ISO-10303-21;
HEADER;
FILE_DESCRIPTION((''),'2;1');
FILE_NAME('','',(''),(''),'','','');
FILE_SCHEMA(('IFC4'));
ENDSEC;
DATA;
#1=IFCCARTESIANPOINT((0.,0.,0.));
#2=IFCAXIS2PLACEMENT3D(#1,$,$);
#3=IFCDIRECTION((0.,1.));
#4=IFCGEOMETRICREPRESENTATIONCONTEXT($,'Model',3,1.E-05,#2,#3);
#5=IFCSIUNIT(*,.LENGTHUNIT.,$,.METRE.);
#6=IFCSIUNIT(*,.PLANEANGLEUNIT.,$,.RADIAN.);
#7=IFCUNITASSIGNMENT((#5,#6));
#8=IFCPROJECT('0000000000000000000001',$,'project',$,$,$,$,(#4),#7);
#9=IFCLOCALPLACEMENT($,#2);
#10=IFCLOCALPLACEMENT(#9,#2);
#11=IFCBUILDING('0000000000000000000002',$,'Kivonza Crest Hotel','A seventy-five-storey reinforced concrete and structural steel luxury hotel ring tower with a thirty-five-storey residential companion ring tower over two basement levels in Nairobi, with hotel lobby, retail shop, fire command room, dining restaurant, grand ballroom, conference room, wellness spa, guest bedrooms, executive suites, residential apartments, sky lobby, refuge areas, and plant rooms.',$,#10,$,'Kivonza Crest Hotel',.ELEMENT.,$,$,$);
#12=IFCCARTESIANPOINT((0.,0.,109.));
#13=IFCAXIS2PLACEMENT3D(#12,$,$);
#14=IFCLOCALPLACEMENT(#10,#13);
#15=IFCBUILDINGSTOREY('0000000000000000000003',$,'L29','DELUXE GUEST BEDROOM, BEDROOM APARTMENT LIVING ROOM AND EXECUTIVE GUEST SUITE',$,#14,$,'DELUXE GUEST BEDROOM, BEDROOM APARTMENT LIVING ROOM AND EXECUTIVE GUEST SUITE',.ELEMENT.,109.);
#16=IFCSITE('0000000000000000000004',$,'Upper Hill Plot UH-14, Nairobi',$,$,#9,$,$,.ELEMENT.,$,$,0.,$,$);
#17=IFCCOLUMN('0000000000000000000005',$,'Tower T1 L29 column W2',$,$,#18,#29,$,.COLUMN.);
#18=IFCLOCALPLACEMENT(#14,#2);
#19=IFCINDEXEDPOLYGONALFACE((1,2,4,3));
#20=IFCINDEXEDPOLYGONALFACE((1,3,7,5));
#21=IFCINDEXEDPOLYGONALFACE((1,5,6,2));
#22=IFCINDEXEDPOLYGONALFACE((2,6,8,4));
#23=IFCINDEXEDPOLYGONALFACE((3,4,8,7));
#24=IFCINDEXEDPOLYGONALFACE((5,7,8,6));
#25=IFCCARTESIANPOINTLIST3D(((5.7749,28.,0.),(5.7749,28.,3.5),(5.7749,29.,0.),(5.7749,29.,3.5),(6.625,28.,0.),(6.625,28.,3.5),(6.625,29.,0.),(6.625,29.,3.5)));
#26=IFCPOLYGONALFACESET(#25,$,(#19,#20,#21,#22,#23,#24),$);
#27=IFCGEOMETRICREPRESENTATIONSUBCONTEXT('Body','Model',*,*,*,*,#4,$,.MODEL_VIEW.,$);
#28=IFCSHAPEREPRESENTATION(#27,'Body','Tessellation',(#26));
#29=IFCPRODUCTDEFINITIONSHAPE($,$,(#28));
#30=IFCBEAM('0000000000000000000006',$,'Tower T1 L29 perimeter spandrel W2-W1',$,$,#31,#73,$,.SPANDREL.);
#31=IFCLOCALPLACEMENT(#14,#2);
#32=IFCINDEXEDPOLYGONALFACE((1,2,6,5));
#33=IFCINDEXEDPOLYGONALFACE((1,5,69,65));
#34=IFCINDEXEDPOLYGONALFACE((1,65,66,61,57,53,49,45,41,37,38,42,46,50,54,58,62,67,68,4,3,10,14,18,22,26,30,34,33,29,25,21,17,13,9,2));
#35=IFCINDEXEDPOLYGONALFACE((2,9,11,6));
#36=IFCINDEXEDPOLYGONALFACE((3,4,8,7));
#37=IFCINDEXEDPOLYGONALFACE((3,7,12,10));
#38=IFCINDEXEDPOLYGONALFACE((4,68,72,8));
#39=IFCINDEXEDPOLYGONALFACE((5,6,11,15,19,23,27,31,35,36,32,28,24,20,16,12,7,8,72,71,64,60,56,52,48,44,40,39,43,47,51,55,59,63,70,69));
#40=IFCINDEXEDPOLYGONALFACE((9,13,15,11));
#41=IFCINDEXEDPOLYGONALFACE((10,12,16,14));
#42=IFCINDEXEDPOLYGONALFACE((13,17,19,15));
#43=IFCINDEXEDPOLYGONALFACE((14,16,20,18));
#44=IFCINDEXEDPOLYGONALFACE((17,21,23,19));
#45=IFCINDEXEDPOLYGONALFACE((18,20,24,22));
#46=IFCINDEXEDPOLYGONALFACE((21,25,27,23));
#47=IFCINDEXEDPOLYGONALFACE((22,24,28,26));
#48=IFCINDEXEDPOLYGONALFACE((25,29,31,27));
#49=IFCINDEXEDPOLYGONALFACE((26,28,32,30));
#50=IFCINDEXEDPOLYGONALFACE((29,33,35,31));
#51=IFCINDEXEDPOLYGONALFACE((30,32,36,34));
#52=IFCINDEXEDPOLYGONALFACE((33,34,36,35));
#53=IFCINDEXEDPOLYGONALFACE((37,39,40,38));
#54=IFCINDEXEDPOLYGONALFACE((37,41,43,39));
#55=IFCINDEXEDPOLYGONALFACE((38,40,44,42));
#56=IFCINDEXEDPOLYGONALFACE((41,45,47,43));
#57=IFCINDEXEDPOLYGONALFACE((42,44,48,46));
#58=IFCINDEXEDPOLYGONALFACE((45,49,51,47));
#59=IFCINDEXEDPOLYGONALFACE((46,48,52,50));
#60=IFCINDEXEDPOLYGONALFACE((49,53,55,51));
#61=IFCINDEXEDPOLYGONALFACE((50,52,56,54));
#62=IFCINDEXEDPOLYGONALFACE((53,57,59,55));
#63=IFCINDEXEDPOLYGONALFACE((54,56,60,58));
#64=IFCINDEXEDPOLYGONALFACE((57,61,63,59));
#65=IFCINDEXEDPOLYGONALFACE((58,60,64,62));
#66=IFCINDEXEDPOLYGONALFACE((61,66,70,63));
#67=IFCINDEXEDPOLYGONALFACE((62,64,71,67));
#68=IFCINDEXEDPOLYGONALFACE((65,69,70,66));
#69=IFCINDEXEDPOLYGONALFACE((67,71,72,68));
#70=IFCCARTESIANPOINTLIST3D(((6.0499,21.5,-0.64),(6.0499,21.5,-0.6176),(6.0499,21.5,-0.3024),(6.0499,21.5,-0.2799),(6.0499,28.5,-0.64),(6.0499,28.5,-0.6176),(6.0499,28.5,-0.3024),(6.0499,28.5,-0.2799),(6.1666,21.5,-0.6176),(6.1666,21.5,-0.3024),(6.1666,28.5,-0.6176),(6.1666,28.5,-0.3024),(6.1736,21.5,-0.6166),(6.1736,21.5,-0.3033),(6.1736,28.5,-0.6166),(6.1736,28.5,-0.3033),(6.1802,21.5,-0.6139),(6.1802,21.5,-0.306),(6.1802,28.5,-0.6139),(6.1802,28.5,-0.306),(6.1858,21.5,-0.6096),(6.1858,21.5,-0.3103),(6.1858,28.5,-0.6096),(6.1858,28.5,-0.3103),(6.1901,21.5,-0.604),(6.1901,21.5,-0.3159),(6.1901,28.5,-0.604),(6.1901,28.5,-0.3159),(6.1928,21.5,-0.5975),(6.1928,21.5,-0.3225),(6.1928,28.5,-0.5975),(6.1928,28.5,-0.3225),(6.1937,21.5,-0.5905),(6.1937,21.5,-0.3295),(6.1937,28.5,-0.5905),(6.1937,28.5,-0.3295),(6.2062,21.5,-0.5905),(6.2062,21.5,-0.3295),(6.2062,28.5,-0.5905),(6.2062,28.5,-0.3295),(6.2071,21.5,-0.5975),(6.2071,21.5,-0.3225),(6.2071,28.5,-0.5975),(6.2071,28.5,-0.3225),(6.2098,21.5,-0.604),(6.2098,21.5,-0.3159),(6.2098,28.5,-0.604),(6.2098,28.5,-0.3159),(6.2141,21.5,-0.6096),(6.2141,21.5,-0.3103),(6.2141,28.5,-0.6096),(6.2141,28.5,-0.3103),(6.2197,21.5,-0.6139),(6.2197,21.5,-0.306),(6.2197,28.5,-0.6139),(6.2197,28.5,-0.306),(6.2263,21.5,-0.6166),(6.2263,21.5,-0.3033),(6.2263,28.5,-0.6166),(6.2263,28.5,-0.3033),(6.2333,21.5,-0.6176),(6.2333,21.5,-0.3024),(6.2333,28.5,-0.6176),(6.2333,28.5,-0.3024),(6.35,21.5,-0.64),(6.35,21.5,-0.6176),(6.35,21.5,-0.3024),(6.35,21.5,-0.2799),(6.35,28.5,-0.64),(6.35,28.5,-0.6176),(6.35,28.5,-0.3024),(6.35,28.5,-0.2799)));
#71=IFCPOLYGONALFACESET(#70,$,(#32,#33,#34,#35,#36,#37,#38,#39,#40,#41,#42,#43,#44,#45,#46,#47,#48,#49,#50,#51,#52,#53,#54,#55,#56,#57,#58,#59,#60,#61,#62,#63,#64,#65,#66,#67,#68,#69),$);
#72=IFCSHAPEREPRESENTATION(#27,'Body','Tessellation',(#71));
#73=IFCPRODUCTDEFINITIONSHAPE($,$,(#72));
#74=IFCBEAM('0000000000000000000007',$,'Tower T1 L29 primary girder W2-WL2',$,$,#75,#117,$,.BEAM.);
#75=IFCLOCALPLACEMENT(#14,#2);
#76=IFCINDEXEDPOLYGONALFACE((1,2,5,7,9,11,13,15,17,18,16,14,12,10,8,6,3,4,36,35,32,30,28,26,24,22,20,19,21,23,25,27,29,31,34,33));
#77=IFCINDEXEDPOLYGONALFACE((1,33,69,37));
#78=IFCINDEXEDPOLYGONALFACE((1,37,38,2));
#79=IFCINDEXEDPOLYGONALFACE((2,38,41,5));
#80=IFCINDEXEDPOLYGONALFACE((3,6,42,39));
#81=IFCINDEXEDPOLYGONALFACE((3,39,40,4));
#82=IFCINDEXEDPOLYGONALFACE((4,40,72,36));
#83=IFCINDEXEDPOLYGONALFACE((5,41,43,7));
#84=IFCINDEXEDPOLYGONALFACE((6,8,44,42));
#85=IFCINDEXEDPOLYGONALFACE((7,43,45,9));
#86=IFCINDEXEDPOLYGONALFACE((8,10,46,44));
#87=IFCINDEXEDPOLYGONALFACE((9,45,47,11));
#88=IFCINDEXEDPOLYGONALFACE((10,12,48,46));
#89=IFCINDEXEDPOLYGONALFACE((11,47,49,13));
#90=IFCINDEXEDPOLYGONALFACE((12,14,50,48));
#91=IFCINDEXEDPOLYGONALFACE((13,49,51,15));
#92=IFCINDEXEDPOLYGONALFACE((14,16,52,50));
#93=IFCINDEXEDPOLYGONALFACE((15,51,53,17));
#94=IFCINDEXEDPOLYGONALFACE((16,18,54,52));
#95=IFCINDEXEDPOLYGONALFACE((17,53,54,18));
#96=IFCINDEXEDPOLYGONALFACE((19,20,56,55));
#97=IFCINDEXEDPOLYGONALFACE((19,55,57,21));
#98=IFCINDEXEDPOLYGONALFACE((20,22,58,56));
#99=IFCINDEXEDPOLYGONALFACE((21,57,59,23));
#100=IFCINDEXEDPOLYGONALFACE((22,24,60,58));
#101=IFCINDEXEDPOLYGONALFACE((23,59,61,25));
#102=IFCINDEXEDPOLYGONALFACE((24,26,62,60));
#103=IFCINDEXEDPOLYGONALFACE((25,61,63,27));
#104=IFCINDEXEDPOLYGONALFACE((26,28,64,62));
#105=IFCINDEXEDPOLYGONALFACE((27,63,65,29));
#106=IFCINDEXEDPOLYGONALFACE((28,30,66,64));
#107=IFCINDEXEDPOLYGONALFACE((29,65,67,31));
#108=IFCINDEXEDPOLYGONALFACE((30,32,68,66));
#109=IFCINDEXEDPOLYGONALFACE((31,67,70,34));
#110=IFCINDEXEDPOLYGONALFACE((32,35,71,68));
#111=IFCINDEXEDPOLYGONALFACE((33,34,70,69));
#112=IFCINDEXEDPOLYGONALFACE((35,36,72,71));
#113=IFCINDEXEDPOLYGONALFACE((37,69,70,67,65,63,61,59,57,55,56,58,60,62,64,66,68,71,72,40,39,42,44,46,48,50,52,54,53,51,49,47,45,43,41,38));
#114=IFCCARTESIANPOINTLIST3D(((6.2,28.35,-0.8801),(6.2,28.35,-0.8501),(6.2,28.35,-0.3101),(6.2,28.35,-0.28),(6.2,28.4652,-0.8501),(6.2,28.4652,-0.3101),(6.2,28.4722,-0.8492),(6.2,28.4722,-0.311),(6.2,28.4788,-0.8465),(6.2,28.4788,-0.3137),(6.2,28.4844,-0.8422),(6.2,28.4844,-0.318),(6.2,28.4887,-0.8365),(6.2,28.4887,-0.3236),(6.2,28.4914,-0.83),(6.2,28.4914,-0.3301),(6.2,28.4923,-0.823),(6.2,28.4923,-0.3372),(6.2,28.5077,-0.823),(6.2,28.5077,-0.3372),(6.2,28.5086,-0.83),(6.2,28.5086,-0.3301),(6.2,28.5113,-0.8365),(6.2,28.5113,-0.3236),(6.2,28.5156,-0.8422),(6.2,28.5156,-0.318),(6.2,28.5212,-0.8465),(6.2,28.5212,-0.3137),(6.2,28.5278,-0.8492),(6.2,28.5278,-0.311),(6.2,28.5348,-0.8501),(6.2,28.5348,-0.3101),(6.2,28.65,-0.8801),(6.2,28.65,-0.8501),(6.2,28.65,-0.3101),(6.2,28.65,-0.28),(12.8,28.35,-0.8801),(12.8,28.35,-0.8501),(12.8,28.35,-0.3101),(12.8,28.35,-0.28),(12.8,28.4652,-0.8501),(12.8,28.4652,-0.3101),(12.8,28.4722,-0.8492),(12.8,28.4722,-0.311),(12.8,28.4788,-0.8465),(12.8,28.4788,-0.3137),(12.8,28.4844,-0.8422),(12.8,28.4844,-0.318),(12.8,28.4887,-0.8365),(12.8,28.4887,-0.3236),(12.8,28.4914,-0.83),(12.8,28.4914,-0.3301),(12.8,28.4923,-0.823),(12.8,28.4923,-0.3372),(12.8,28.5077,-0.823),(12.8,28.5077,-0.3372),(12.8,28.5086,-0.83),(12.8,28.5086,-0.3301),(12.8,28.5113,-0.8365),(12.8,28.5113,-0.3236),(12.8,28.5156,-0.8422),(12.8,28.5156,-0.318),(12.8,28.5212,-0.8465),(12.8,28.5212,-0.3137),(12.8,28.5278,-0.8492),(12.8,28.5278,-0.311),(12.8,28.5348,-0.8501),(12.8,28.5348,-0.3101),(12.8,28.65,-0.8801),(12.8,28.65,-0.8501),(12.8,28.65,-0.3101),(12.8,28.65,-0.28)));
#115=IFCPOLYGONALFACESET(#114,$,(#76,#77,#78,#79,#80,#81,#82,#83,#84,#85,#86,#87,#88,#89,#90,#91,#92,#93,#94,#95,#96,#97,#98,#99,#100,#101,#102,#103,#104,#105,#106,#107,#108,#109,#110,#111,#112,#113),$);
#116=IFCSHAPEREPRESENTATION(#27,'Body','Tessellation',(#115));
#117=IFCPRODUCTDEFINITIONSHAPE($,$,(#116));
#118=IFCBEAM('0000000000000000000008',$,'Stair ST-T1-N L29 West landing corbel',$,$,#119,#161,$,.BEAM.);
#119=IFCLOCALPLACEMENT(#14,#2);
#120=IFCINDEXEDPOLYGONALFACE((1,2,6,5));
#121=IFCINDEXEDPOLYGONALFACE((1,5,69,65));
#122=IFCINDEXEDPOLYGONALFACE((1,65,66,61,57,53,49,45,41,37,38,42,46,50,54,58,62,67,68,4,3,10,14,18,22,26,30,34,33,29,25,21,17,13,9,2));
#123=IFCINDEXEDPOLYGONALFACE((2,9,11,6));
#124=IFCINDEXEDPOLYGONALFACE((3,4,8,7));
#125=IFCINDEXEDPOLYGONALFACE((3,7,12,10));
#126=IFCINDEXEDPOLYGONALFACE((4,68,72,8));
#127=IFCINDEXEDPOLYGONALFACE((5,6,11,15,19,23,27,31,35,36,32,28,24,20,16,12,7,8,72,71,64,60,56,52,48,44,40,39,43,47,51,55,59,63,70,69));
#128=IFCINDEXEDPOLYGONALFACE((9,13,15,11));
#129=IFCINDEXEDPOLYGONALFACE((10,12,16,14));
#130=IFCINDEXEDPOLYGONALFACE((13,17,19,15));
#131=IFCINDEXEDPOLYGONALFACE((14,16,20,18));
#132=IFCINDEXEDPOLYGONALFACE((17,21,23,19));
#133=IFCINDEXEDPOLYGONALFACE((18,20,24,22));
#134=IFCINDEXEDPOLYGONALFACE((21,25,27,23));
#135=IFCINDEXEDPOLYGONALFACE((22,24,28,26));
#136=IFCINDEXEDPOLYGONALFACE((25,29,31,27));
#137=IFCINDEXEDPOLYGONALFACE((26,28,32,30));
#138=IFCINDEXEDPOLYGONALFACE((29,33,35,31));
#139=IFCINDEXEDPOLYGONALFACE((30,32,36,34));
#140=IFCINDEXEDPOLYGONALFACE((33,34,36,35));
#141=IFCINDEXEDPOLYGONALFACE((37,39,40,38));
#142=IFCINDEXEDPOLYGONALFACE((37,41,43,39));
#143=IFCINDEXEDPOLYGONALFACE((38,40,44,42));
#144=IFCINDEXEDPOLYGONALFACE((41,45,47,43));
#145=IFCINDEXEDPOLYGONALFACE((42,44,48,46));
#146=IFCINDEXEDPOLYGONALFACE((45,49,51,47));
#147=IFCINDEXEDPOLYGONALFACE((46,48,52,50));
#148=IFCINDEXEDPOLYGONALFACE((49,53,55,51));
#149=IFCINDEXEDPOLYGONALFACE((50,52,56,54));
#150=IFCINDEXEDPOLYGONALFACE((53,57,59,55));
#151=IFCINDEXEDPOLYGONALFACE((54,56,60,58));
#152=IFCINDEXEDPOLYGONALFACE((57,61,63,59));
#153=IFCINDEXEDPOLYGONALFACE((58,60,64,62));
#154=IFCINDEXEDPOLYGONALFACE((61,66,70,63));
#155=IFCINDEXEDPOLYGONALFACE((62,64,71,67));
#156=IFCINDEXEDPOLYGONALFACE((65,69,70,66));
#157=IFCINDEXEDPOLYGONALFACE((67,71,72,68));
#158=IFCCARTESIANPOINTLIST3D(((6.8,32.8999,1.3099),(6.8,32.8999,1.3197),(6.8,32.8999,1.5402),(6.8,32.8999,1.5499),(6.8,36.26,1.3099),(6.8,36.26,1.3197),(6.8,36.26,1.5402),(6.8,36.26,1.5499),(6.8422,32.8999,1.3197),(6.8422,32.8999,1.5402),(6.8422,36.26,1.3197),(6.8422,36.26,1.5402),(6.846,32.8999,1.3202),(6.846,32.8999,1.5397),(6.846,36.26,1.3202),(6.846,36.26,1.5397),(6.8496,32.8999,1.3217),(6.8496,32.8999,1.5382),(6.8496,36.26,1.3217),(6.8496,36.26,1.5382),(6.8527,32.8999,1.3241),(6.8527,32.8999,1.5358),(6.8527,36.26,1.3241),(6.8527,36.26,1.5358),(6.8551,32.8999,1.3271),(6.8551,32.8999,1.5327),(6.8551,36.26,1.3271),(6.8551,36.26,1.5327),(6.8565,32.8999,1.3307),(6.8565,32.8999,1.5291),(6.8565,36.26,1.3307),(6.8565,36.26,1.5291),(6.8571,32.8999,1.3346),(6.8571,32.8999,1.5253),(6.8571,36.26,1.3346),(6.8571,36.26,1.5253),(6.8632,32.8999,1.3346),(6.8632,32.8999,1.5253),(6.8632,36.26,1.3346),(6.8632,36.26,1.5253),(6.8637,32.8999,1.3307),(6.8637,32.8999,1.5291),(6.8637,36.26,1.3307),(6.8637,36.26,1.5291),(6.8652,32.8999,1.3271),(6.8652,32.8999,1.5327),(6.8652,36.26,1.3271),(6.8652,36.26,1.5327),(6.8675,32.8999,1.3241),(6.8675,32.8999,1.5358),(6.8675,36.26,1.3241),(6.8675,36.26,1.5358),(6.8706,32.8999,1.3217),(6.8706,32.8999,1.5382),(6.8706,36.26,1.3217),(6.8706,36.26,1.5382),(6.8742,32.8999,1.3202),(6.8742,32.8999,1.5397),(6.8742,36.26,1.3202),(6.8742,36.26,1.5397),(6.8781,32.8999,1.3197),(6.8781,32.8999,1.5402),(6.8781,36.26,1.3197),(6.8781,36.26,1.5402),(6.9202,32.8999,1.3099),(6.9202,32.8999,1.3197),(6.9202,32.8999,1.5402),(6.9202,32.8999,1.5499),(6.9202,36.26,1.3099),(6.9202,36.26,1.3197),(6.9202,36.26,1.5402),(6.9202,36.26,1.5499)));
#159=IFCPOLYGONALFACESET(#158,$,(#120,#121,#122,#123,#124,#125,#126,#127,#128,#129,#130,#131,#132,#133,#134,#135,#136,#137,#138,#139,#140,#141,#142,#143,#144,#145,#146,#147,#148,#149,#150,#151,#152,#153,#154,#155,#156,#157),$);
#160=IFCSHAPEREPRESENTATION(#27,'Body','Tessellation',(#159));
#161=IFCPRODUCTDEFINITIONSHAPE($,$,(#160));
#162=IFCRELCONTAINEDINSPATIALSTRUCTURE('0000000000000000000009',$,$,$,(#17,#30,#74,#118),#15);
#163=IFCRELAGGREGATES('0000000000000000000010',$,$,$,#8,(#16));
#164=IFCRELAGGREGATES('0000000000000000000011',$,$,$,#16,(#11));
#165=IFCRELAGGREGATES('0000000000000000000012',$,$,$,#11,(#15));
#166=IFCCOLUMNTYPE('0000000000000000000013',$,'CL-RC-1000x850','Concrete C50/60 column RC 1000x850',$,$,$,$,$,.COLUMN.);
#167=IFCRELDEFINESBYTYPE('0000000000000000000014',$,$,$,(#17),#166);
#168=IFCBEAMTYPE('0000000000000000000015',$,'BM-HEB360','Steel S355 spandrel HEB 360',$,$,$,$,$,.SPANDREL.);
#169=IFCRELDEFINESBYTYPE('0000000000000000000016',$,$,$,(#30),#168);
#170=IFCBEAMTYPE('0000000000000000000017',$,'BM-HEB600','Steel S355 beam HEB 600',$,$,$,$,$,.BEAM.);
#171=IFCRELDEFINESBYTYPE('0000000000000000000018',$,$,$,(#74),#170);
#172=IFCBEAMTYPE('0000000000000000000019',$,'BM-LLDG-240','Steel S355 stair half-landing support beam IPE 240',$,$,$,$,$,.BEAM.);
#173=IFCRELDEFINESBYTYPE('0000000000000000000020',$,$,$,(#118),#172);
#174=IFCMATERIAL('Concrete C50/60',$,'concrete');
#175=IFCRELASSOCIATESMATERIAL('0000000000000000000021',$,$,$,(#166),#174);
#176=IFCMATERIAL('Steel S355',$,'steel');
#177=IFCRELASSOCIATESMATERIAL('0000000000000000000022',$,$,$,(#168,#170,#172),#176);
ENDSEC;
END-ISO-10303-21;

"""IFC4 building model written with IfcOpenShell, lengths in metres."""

from ifc_helpers import new_model, si_unit, direction, frame, origin, origin_2d, place, context, subcontext, project, spatial, rectangle, i_section, extrude, material, material_profile, profile_set, type_object, element, save


model = new_model("IFC4")

# Units and contexts
model_context = context("Model", 3, precision=1e-05, world=origin(), true_north=direction((0.0, 1.0)))
body_context = subcontext(model_context, "Body", "Model", "MODEL_VIEW")
ifc_project = project(units=[si_unit("LENGTHUNIT", "METRE"), si_unit("PLANEANGLEUNIT", "RADIAN")], contexts=[model_context])

# Site, building, storey
site_placement = place(None, origin())
site = spatial("IfcSite", under=ifc_project, at=site_placement, Name="Upper Hill Plot UH-14, Nairobi", CompositionType="ELEMENT", RefElevation=0.0)
building_placement = place(site_placement, origin())
building = spatial("IfcBuilding", under=site, at=building_placement, Name="Kivonza Crest Hotel", Description="A seventy-five-storey reinforced concrete and structural steel luxury hotel ring tower with a thirty-five-storey residential companion ring tower over two basement levels in Nairobi, with hotel lobby, retail shop, fire command room, dining restaurant, grand ballroom, conference room, wellness spa, guest bedrooms, executive suites, residential apartments, sky lobby, refuge areas, and plant rooms.", LongName="Kivonza Crest Hotel", CompositionType="ELEMENT")
storey_placement = place(building_placement, frame((0.0, 0.0, 109.0)))
storey = spatial("IfcBuildingStorey", under=building, at=storey_placement, Name="L29", Description="DELUXE GUEST BEDROOM, BEDROOM APARTMENT LIVING ROOM AND EXECUTIVE GUEST SUITE", LongName="DELUXE GUEST BEDROOM, BEDROOM APARTMENT LIVING ROOM AND EXECUTIVE GUEST SUITE", CompositionType="ELEMENT", Elevation=109.0)

# Column
ifc_material_1 = material(Name="Concrete C50/60", Category="concrete")
ifc_material_profile_1 = material_profile(ifc_material_1, rectangle(XDim=0.8501, YDim=1.0, at=origin_2d()), Name="RC 1000x850")
ifc_profile_set_1 = profile_set([ifc_material_profile_1], Name="Concrete C50/60")
column_type = type_object("IfcColumnType", Name="CL-RC-1000x850", Description="Concrete C50/60 column RC 1000x850", PredefinedType="COLUMN", material=ifc_profile_set_1)
column_placement = place(storey_placement, frame((6.2, 28.5, 0.0), z_axis=(0.0, 0.0, 1.0), x_axis=(1.0, 0.0, 0.0)))
element("IfcColumn", 1, at=column_placement, inside=storey, type_object=column_type, Name="Tower T1 L29 column W2", PredefinedType="COLUMN", context=body_context, shape_type="SweptSolid", body=[
    extrude(rectangle(XDim=0.8501, YDim=1.0, at=origin_2d()), origin(), (0.0, 0.0, 1.0), 3.5),
])

# Beams
ifc_material_2 = material(Name="Steel S355", Category="steel")
ifc_material_profile_2 = material_profile(ifc_material_2, i_section(OverallWidth=0.3, OverallDepth=0.3601, WebThickness=0.0125, FlangeThickness=0.0225, FilletRadius=0.0271, at=origin_2d()), Name="HEB 360")
ifc_profile_set_2 = profile_set([ifc_material_profile_2], Name="Steel S355")
beam_type_1 = type_object("IfcBeamType", Name="BM-HEB360", Description="Steel S355 spandrel HEB 360", PredefinedType="SPANDREL", material=ifc_profile_set_2)
beam_1_placement = place(storey_placement, frame((6.2, 28.5, -0.46), z_axis=(0.0, -1.0, 0.0), x_axis=(1.0, 0.0, 0.0)))
element("IfcBeam", 2, at=beam_1_placement, inside=storey, type_object=beam_type_1, Name="Tower T1 L29 perimeter spandrel W2-W1", PredefinedType="SPANDREL", context=body_context, shape_type="SweptSolid", body=[
    extrude(i_section(OverallWidth=0.3, OverallDepth=0.3601, WebThickness=0.0125, FlangeThickness=0.0225, FilletRadius=0.0271, at=origin_2d()), origin(), (0.0, 0.0, 1.0), 7.0),
])
ifc_material_profile_3 = material_profile(ifc_material_2, i_section(OverallWidth=0.3, OverallDepth=0.6001, WebThickness=0.0154, FlangeThickness=0.03, FilletRadius=0.0271, at=origin_2d()), Name="HEB 600")
ifc_profile_set_3 = profile_set([ifc_material_profile_3], Name="Steel S355")
beam_type_2 = type_object("IfcBeamType", Name="BM-HEB600", Description="Steel S355 beam HEB 600", PredefinedType="BEAM", material=ifc_profile_set_3)
beam_2_placement = place(storey_placement, frame((6.2, 28.5, -0.5801), z_axis=(1.0, 0.0, 0.0), x_axis=(0.0, 1.0, 0.0)))
element("IfcBeam", 3, at=beam_2_placement, inside=storey, type_object=beam_type_2, Name="Tower T1 L29 primary girder W2-WL2", PredefinedType="BEAM", context=body_context, shape_type="SweptSolid", body=[
    extrude(i_section(OverallWidth=0.3, OverallDepth=0.6001, WebThickness=0.0154, FlangeThickness=0.03, FilletRadius=0.0271, at=origin_2d()), origin(), (0.0, 0.0, 1.0), 6.6001),
])
ifc_material_profile_4 = material_profile(ifc_material_2, i_section(OverallWidth=0.1201, OverallDepth=0.24, WebThickness=0.0061, FlangeThickness=0.0098, FilletRadius=0.0149, at=origin_2d()), Name="IPE 240")
ifc_profile_set_4 = profile_set([ifc_material_profile_4], Name="Steel S355")
beam_type_3 = type_object("IfcBeamType", Name="BM-LLDG-240", Description="Steel S355 stair half-landing support beam IPE 240", PredefinedType="BEAM", material=ifc_profile_set_4)
beam_3_placement = place(storey_placement, frame((6.8601, 32.8999, 1.4299), z_axis=(0.0, 1.0, 0.0), x_axis=(-1.0, 0.0, 0.0)))
element("IfcBeam", 4, at=beam_3_placement, inside=storey, type_object=beam_type_3, Name="Stair ST-T1-N L29 West landing corbel", PredefinedType="BEAM", context=body_context, shape_type="SweptSolid", body=[
    extrude(i_section(OverallWidth=0.1201, OverallDepth=0.24, WebThickness=0.0061, FlangeThickness=0.0098, FilletRadius=0.0149, at=origin_2d()), origin(), (0.0, 0.0, 1.0), 3.3601),
])

save(model, "model.ifc")
